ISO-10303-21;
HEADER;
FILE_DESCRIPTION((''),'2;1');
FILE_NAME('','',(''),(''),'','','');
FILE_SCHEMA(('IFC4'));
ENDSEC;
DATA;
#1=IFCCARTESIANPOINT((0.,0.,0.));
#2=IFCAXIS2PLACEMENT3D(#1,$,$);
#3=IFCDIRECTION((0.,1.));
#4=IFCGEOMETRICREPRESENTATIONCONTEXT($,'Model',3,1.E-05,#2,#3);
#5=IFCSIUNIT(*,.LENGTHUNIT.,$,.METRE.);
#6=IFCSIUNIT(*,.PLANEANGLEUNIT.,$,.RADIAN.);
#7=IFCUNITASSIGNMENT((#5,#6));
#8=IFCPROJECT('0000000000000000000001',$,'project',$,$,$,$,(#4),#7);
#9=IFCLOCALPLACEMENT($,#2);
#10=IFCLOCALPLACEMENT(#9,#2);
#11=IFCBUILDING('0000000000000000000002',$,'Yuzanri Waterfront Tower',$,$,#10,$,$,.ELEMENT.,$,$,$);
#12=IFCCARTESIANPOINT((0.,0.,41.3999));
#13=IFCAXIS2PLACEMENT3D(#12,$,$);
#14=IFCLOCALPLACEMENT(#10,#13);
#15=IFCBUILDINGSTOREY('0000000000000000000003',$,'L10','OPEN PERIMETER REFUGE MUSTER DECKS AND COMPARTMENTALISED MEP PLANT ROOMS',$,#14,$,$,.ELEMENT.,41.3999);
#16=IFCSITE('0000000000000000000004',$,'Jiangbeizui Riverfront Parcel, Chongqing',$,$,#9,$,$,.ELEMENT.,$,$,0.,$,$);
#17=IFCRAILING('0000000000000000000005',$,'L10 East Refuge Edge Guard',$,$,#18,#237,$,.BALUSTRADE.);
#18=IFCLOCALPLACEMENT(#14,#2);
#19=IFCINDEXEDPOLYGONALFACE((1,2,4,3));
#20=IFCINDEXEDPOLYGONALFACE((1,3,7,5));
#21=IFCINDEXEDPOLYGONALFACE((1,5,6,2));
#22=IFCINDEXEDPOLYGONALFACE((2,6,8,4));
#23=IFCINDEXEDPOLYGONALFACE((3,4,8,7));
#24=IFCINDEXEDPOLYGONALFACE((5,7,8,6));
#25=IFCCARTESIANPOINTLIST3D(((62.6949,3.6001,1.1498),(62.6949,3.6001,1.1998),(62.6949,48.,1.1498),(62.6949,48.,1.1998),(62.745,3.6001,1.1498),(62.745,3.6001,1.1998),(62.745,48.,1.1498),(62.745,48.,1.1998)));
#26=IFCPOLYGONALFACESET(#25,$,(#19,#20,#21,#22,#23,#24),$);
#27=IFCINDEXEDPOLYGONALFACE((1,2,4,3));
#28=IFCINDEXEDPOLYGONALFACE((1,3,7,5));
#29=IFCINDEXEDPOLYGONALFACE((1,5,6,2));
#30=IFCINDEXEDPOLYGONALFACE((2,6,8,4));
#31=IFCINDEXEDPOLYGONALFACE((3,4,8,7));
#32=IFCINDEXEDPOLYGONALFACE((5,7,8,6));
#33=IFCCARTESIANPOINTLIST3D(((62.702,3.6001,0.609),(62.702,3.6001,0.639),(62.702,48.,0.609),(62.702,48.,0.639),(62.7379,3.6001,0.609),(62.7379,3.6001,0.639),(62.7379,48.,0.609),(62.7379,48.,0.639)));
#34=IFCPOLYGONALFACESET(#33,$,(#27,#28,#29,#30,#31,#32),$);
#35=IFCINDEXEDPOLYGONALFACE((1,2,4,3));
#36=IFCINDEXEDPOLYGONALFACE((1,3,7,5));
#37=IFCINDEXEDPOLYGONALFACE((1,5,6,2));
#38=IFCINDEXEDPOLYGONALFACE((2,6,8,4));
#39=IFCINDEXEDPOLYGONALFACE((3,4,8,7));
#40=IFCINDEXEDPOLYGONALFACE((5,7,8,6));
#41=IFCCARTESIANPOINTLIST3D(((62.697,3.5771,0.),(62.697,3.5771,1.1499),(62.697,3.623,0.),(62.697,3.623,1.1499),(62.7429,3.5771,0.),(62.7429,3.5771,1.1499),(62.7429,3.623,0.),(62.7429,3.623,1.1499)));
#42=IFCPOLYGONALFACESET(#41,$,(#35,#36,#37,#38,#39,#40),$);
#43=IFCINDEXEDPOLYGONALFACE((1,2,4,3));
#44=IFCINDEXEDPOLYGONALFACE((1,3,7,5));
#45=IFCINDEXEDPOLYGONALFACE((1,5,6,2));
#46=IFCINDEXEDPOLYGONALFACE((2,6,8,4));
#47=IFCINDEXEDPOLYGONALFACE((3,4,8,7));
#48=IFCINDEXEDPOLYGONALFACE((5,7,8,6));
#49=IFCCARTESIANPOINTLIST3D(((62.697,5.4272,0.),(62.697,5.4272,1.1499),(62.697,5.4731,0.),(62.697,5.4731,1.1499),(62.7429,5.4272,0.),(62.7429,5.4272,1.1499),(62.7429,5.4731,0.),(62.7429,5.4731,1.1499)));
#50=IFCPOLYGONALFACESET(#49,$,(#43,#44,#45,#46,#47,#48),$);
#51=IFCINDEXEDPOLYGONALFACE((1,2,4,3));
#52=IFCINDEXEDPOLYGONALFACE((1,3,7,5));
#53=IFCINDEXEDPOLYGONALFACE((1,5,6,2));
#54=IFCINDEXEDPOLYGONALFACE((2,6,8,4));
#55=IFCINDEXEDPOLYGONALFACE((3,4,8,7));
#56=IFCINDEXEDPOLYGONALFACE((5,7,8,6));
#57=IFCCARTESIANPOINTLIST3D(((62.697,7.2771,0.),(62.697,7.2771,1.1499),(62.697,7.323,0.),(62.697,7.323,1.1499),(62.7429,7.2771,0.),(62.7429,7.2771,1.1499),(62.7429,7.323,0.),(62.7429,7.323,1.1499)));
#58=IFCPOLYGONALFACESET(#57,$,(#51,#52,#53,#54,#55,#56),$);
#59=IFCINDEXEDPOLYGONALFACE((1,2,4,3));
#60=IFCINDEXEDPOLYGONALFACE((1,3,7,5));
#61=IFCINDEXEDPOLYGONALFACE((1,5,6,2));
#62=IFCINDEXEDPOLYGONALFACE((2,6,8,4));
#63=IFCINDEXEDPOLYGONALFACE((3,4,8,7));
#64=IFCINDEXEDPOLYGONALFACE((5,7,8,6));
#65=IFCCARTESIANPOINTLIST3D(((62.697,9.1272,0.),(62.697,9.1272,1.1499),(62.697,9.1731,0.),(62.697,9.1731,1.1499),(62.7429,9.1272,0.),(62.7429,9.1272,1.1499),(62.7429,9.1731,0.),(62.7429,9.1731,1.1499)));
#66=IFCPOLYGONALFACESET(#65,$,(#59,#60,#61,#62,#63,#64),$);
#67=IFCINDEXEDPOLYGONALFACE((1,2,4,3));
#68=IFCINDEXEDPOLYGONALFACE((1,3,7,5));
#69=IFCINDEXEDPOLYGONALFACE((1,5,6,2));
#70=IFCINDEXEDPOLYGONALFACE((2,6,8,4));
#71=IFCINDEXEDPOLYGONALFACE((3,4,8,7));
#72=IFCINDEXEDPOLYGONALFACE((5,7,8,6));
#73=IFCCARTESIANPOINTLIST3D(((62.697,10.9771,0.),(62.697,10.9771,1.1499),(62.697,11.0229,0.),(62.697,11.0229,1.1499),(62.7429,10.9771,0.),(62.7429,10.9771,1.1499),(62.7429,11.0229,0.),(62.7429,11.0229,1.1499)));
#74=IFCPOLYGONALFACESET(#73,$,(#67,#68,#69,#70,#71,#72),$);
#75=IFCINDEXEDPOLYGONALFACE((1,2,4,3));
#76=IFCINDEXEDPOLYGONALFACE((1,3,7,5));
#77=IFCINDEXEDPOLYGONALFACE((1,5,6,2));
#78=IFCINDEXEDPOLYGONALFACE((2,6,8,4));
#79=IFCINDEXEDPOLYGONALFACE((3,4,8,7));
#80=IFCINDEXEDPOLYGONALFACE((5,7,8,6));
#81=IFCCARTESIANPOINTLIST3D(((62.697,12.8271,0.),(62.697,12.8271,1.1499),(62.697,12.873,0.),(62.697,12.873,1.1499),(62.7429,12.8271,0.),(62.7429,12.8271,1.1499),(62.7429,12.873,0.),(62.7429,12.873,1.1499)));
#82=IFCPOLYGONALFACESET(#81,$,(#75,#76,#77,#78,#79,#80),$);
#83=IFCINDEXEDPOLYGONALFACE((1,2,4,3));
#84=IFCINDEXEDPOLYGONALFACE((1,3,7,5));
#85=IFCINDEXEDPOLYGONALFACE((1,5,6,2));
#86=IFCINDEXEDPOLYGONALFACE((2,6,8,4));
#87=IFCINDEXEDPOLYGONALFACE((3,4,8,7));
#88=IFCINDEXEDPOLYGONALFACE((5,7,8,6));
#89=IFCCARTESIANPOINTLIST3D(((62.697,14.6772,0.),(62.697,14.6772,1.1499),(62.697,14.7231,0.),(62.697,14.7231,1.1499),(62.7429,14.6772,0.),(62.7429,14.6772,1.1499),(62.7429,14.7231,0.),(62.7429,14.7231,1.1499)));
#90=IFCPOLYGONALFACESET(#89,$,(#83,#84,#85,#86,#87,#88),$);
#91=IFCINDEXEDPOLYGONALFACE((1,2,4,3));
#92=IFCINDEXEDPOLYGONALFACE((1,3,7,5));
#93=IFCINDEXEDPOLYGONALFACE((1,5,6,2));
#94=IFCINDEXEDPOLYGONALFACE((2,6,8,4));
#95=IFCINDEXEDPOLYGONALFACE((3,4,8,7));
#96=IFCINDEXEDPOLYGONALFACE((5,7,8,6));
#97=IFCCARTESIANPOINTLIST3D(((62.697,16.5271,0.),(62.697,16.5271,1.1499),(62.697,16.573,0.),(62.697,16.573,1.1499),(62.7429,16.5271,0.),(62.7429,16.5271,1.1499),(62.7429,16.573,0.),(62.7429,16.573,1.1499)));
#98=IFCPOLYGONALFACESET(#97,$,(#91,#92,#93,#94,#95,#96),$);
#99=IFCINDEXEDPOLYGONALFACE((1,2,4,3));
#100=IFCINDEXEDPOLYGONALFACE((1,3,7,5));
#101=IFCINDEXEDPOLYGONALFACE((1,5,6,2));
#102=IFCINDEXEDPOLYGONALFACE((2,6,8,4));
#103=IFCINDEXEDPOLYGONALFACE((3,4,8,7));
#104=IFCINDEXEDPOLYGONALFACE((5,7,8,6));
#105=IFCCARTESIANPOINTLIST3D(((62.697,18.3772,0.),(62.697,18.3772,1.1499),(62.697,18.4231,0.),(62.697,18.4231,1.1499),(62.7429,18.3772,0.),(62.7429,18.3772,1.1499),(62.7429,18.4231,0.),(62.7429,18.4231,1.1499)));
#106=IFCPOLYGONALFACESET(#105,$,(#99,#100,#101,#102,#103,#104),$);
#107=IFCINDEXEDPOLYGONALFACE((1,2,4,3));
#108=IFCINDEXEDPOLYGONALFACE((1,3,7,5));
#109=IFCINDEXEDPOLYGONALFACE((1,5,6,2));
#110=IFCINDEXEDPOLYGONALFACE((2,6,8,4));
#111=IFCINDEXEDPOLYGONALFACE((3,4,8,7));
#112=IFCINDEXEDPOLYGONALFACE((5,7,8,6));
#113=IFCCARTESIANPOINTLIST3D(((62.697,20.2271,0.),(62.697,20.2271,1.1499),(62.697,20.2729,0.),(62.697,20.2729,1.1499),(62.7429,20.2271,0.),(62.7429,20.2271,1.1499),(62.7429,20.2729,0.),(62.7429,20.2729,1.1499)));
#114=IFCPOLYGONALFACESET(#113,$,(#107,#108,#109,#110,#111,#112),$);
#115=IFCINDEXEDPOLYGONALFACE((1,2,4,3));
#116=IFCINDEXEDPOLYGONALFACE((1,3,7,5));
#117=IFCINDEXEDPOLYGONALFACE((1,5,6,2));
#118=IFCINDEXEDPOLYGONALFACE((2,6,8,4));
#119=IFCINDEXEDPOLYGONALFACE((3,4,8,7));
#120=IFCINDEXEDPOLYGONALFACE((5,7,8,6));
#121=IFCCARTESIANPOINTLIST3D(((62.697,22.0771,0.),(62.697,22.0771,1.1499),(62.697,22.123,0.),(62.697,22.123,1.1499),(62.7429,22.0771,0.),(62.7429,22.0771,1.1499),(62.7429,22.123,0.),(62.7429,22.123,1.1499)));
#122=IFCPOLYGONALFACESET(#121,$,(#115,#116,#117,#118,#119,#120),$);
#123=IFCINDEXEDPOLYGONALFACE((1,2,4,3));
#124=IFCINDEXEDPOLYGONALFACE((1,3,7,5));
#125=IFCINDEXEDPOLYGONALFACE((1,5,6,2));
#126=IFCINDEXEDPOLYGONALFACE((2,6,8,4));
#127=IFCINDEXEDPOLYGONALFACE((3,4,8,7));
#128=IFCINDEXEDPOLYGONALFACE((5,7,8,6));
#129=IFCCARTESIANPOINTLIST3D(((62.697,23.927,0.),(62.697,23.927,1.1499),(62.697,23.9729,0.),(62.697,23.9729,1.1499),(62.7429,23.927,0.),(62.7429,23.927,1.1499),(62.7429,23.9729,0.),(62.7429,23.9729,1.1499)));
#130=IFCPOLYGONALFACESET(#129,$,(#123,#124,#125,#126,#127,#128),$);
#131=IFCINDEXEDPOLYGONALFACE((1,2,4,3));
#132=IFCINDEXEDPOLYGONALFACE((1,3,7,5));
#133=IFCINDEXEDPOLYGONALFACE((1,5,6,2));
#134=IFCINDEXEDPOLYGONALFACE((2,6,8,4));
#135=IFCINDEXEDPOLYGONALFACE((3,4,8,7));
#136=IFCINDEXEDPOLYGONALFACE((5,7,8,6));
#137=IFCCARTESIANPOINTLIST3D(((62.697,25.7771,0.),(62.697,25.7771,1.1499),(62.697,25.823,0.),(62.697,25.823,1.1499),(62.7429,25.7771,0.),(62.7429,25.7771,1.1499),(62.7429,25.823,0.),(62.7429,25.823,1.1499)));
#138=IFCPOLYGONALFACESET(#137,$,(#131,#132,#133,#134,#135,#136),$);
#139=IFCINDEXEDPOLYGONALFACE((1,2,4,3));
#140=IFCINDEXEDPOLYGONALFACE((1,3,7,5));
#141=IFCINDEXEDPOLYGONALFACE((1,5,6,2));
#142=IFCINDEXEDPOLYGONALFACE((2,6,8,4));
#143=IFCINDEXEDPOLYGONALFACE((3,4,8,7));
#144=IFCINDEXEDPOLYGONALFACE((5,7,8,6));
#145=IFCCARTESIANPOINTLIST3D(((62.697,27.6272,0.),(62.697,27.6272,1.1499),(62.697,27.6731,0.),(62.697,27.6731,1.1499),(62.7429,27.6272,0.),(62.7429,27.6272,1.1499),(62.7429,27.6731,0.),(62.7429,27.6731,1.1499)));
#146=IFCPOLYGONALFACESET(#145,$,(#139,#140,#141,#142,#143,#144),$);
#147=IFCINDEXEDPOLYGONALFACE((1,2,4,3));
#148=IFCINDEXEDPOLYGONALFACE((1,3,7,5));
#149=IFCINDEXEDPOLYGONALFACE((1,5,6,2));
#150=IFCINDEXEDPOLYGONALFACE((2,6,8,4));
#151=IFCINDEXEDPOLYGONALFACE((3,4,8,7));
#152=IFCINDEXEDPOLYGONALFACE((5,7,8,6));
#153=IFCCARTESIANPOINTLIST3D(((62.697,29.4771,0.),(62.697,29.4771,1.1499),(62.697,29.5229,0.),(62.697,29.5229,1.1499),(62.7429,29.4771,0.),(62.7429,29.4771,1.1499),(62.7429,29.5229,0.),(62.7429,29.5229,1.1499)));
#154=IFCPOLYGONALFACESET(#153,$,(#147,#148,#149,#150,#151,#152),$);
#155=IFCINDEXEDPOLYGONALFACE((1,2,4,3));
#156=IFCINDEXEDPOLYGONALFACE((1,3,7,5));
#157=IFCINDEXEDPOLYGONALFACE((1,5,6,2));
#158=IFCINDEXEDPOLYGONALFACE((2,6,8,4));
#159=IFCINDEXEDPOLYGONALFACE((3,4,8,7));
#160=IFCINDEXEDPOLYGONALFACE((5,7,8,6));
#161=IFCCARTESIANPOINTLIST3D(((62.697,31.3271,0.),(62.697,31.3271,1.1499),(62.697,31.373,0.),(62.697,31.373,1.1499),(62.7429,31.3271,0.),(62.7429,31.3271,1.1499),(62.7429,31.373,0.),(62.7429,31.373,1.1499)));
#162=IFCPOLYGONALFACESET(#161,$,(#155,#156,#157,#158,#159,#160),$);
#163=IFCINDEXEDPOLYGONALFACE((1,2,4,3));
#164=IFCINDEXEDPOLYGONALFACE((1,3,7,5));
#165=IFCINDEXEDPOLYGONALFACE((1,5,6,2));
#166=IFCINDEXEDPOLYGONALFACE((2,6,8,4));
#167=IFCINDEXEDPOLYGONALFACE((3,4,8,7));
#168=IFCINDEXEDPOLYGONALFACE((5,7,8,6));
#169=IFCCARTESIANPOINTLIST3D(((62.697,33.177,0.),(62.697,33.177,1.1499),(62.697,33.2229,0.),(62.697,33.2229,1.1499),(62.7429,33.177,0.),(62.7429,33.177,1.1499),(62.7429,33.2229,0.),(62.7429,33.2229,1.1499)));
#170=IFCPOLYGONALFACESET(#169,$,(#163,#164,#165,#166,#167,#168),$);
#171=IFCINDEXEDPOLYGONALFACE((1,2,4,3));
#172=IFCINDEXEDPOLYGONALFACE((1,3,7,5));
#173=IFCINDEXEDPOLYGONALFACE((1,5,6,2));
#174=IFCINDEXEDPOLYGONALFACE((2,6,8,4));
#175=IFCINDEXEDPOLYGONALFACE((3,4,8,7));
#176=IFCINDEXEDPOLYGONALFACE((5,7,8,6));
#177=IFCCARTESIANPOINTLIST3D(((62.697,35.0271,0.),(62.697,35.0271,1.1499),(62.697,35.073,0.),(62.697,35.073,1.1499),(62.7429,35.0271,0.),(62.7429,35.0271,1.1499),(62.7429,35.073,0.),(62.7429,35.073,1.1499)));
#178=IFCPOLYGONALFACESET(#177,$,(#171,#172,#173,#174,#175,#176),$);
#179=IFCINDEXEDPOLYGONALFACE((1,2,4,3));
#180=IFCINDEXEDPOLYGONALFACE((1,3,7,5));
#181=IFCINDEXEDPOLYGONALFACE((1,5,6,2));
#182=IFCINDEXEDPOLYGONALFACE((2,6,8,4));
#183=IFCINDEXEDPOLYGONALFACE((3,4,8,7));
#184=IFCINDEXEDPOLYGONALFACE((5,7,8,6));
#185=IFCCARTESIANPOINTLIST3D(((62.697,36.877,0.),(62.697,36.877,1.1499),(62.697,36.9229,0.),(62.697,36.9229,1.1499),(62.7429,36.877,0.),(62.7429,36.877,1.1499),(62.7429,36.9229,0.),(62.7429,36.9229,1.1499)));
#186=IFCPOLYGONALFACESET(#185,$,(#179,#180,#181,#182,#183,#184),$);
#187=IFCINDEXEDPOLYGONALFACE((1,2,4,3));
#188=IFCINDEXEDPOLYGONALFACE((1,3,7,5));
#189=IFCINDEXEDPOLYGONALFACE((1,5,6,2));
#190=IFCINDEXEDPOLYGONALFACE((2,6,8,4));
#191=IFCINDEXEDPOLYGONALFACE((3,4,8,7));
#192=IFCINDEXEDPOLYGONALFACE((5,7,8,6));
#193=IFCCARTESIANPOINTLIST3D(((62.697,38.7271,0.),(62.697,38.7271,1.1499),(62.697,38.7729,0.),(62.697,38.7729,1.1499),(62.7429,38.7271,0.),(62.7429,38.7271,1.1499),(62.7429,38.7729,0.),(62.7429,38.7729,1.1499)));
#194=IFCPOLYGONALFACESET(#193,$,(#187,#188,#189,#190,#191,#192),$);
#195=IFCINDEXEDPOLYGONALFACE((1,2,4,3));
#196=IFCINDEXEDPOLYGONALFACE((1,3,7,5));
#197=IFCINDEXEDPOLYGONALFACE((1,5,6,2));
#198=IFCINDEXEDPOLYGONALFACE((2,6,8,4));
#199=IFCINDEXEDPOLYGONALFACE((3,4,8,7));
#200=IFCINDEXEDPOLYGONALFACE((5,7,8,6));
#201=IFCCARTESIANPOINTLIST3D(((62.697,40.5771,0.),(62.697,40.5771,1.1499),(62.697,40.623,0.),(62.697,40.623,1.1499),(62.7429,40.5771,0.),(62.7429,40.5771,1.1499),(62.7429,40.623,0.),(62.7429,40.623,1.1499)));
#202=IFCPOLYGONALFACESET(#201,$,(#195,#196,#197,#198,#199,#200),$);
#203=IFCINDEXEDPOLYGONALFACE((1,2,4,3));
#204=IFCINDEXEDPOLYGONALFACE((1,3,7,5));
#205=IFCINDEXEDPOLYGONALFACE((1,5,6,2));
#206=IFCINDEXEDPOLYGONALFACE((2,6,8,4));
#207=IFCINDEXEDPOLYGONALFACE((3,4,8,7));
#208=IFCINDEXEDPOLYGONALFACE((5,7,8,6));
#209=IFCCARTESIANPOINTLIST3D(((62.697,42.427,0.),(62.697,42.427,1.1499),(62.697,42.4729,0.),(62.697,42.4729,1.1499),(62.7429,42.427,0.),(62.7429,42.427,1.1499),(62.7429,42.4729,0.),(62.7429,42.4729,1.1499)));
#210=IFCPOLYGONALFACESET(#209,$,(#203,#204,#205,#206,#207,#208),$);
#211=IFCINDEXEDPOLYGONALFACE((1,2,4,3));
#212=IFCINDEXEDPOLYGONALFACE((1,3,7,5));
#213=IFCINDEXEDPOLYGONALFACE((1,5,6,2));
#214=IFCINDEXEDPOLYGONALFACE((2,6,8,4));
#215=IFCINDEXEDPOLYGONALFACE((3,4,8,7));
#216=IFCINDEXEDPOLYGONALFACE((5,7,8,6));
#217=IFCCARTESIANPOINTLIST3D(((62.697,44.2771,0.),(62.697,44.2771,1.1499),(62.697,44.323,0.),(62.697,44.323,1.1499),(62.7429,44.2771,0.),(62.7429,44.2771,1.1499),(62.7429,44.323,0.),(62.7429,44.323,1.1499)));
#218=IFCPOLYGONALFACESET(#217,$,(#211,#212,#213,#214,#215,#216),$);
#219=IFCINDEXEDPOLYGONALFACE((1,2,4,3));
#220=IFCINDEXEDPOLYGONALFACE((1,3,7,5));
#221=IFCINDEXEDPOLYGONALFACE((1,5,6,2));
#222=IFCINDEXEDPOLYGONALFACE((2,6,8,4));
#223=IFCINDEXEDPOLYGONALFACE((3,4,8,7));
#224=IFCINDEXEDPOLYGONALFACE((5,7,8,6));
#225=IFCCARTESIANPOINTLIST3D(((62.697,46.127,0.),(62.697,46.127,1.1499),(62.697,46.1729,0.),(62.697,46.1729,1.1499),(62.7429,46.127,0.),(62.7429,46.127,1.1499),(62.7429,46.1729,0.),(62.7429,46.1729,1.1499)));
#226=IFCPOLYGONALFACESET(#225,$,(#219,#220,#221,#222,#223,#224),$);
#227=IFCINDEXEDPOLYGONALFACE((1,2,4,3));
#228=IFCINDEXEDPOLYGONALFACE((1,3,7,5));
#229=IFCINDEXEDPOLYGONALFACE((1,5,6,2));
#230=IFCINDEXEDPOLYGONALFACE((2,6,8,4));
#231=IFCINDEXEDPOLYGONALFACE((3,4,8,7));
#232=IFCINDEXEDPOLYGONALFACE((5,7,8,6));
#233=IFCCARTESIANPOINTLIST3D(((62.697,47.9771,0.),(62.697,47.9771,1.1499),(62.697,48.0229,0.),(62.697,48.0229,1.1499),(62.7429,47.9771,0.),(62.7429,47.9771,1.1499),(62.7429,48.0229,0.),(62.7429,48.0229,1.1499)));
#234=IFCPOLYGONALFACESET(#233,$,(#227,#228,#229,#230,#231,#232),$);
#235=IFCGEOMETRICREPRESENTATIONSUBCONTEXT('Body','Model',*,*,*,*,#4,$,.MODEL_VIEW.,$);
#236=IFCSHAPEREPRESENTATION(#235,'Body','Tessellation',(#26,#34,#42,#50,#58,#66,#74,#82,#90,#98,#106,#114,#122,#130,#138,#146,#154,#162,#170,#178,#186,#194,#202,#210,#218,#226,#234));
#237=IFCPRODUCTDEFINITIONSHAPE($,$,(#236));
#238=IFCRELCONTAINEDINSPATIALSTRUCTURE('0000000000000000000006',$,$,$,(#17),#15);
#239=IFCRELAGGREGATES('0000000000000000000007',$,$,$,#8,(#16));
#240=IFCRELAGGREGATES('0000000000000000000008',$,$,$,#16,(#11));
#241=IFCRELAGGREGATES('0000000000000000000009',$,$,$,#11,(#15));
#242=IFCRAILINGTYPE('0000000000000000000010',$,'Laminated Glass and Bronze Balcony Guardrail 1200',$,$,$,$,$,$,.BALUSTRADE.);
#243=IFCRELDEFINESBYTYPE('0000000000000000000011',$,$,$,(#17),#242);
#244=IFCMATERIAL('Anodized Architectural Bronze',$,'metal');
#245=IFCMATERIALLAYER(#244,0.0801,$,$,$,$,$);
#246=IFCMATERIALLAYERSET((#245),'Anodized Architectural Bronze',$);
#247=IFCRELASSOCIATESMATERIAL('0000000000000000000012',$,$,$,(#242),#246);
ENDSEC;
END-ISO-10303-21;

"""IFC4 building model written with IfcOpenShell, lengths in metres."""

from ifc_helpers import new_model, si_unit, direction, frame, origin, origin_2d, place, context, subcontext, project, spatial, rectangle, extrude, source, transform, mapped, material, layer, layer_set, type_object, element, save


model = new_model("IFC4")

# Units and contexts
model_context = context("Model", 3, precision=1e-05, world=origin(), true_north=direction((0.0, 1.0)))
body_context = subcontext(model_context, "Body", "Model", "MODEL_VIEW")
ifc_project = project(units=[si_unit("LENGTHUNIT", "METRE"), si_unit("PLANEANGLEUNIT", "RADIAN")], contexts=[model_context])

# Site, building, storey
site_placement = place(None, origin())
site = spatial("IfcSite", under=ifc_project, at=site_placement, Name="Jiangbeizui Riverfront Parcel, Chongqing", CompositionType="ELEMENT", RefElevation=0.0)
building_placement = place(site_placement, origin())
building = spatial("IfcBuilding", under=site, at=building_placement, Name="Yuzanri Waterfront Tower", CompositionType="ELEMENT")
storey_placement = place(building_placement, frame((0.0, 0.0, 41.3999)))
storey = spatial("IfcBuildingStorey", under=building, at=storey_placement, Name="L10", Description="OPEN PERIMETER REFUGE MUSTER DECKS AND COMPARTMENTALISED MEP PLANT ROOMS", CompositionType="ELEMENT", Elevation=41.3999)

# Railing
ifc_material_1 = material(Name="Anodized Architectural Bronze", Category="metal")
ifc_layer_1 = layer(ifc_material_1, 0.0801)
ifc_layer_set_1 = layer_set([ifc_layer_1], Name="Anodized Architectural Bronze")
railing_type = type_object("IfcRailingType", Name="Laminated Glass and Bronze Balcony Guardrail 1200", PredefinedType="BALUSTRADE", material=ifc_layer_set_1)
shared_shape_1 = source(origin(), body_context, "Body", "SweptSolid", [
    extrude(rectangle(XDim=0.05, YDim=0.05, at=origin_2d()), frame((0.0, 0.0, 1.1748), z_axis=(0.0, 1.0, 0.0), x_axis=(-1.0, 0.0, 0.0)), (0.0, 0.0, 1.0), 44.3999),
    extrude(rectangle(XDim=0.0359, YDim=0.03, at=origin_2d()), frame((0.0, 0.0, 0.624), z_axis=(0.0, 1.0, 0.0), x_axis=(-1.0, 0.0, 0.0)), (0.0, 0.0, 1.0), 44.3999),
    extrude(rectangle(XDim=0.0459, YDim=0.0459, at=origin_2d()), origin(), (0.0, 0.0, 1.0), 1.1499),
    extrude(rectangle(XDim=0.0459, YDim=0.0459, at=origin_2d()), frame((0.0, 1.8501, 0.0)), (0.0, 0.0, 1.0), 1.1499),
    extrude(rectangle(XDim=0.0459, YDim=0.0459, at=origin_2d()), frame((0.0, 3.7, 0.0)), (0.0, 0.0, 1.0), 1.1499),
    extrude(rectangle(XDim=0.0459, YDim=0.0459, at=origin_2d()), frame((0.0, 5.55, 0.0)), (0.0, 0.0, 1.0), 1.1499),
    extrude(rectangle(XDim=0.0459, YDim=0.0459, at=origin_2d()), frame((0.0, 7.3999, 0.0)), (0.0, 0.0, 1.0), 1.1499),
    extrude(rectangle(XDim=0.0459, YDim=0.0459, at=origin_2d()), frame((0.0, 9.25, 0.0)), (0.0, 0.0, 1.0), 1.1499),
    extrude(rectangle(XDim=0.0459, YDim=0.0459, at=origin_2d()), frame((0.0, 11.1001, 0.0)), (0.0, 0.0, 1.0), 1.1499),
    extrude(rectangle(XDim=0.0459, YDim=0.0459, at=origin_2d()), frame((0.0, 12.95, 0.0)), (0.0, 0.0, 1.0), 1.1499),
    extrude(rectangle(XDim=0.0459, YDim=0.0459, at=origin_2d()), frame((0.0, 14.8, 0.0)), (0.0, 0.0, 1.0), 1.1499),
    extrude(rectangle(XDim=0.0459, YDim=0.0459, at=origin_2d()), frame((0.0, 16.6499, 0.0)), (0.0, 0.0, 1.0), 1.1499),
    extrude(rectangle(XDim=0.0459, YDim=0.0459, at=origin_2d()), frame((0.0, 18.5, 0.0)), (0.0, 0.0, 1.0), 1.1499),
    extrude(rectangle(XDim=0.0459, YDim=0.0459, at=origin_2d()), frame((0.0, 20.3499, 0.0)), (0.0, 0.0, 1.0), 1.1499),
    extrude(rectangle(XDim=0.0459, YDim=0.0459, at=origin_2d()), frame((0.0, 22.2, 0.0)), (0.0, 0.0, 1.0), 1.1499),
    extrude(rectangle(XDim=0.0459, YDim=0.0459, at=origin_2d()), frame((0.0, 24.05, 0.0)), (0.0, 0.0, 1.0), 1.1499),
    extrude(rectangle(XDim=0.0459, YDim=0.0459, at=origin_2d()), frame((0.0, 25.8999, 0.0)), (0.0, 0.0, 1.0), 1.1499),
    extrude(rectangle(XDim=0.0459, YDim=0.0459, at=origin_2d()), frame((0.0, 27.75, 0.0)), (0.0, 0.0, 1.0), 1.1499),
    extrude(rectangle(XDim=0.0459, YDim=0.0459, at=origin_2d()), frame((0.0, 29.5999, 0.0)), (0.0, 0.0, 1.0), 1.1499),
    extrude(rectangle(XDim=0.0459, YDim=0.0459, at=origin_2d()), frame((0.0, 31.45, 0.0)), (0.0, 0.0, 1.0), 1.1499),
    extrude(rectangle(XDim=0.0459, YDim=0.0459, at=origin_2d()), frame((0.0, 33.2998, 0.0)), (0.0, 0.0, 1.0), 1.1499),
    extrude(rectangle(XDim=0.0459, YDim=0.0459, at=origin_2d()), frame((0.0, 35.1499, 0.0)), (0.0, 0.0, 1.0), 1.1499),
    extrude(rectangle(XDim=0.0459, YDim=0.0459, at=origin_2d()), frame((0.0, 37.0, 0.0)), (0.0, 0.0, 1.0), 1.1499),
    extrude(rectangle(XDim=0.0459, YDim=0.0459, at=origin_2d()), frame((0.0, 38.8499, 0.0)), (0.0, 0.0, 1.0), 1.1499),
    extrude(rectangle(XDim=0.0459, YDim=0.0459, at=origin_2d()), frame((0.0, 40.7, 0.0)), (0.0, 0.0, 1.0), 1.1499),
    extrude(rectangle(XDim=0.0459, YDim=0.0459, at=origin_2d()), frame((0.0, 42.5498, 0.0)), (0.0, 0.0, 1.0), 1.1499),
    extrude(rectangle(XDim=0.0459, YDim=0.0459, at=origin_2d()), frame((0.0, 44.3999, 0.0)), (0.0, 0.0, 1.0), 1.1499),
])
railing_placement = place(storey_placement, frame((62.72, 3.6001, 0.0)))
element("IfcRailing", 1, at=railing_placement, inside=storey, type_object=railing_type, Name="L10 East Refuge Edge Guard", PredefinedType="BALUSTRADE", context=body_context, shape_type="MappedRepresentation", body=[
    mapped(shared_shape_1, transform((0.0, 0.0, 0.0), scale=1.0)),
])

save(model, "model.ifc")
